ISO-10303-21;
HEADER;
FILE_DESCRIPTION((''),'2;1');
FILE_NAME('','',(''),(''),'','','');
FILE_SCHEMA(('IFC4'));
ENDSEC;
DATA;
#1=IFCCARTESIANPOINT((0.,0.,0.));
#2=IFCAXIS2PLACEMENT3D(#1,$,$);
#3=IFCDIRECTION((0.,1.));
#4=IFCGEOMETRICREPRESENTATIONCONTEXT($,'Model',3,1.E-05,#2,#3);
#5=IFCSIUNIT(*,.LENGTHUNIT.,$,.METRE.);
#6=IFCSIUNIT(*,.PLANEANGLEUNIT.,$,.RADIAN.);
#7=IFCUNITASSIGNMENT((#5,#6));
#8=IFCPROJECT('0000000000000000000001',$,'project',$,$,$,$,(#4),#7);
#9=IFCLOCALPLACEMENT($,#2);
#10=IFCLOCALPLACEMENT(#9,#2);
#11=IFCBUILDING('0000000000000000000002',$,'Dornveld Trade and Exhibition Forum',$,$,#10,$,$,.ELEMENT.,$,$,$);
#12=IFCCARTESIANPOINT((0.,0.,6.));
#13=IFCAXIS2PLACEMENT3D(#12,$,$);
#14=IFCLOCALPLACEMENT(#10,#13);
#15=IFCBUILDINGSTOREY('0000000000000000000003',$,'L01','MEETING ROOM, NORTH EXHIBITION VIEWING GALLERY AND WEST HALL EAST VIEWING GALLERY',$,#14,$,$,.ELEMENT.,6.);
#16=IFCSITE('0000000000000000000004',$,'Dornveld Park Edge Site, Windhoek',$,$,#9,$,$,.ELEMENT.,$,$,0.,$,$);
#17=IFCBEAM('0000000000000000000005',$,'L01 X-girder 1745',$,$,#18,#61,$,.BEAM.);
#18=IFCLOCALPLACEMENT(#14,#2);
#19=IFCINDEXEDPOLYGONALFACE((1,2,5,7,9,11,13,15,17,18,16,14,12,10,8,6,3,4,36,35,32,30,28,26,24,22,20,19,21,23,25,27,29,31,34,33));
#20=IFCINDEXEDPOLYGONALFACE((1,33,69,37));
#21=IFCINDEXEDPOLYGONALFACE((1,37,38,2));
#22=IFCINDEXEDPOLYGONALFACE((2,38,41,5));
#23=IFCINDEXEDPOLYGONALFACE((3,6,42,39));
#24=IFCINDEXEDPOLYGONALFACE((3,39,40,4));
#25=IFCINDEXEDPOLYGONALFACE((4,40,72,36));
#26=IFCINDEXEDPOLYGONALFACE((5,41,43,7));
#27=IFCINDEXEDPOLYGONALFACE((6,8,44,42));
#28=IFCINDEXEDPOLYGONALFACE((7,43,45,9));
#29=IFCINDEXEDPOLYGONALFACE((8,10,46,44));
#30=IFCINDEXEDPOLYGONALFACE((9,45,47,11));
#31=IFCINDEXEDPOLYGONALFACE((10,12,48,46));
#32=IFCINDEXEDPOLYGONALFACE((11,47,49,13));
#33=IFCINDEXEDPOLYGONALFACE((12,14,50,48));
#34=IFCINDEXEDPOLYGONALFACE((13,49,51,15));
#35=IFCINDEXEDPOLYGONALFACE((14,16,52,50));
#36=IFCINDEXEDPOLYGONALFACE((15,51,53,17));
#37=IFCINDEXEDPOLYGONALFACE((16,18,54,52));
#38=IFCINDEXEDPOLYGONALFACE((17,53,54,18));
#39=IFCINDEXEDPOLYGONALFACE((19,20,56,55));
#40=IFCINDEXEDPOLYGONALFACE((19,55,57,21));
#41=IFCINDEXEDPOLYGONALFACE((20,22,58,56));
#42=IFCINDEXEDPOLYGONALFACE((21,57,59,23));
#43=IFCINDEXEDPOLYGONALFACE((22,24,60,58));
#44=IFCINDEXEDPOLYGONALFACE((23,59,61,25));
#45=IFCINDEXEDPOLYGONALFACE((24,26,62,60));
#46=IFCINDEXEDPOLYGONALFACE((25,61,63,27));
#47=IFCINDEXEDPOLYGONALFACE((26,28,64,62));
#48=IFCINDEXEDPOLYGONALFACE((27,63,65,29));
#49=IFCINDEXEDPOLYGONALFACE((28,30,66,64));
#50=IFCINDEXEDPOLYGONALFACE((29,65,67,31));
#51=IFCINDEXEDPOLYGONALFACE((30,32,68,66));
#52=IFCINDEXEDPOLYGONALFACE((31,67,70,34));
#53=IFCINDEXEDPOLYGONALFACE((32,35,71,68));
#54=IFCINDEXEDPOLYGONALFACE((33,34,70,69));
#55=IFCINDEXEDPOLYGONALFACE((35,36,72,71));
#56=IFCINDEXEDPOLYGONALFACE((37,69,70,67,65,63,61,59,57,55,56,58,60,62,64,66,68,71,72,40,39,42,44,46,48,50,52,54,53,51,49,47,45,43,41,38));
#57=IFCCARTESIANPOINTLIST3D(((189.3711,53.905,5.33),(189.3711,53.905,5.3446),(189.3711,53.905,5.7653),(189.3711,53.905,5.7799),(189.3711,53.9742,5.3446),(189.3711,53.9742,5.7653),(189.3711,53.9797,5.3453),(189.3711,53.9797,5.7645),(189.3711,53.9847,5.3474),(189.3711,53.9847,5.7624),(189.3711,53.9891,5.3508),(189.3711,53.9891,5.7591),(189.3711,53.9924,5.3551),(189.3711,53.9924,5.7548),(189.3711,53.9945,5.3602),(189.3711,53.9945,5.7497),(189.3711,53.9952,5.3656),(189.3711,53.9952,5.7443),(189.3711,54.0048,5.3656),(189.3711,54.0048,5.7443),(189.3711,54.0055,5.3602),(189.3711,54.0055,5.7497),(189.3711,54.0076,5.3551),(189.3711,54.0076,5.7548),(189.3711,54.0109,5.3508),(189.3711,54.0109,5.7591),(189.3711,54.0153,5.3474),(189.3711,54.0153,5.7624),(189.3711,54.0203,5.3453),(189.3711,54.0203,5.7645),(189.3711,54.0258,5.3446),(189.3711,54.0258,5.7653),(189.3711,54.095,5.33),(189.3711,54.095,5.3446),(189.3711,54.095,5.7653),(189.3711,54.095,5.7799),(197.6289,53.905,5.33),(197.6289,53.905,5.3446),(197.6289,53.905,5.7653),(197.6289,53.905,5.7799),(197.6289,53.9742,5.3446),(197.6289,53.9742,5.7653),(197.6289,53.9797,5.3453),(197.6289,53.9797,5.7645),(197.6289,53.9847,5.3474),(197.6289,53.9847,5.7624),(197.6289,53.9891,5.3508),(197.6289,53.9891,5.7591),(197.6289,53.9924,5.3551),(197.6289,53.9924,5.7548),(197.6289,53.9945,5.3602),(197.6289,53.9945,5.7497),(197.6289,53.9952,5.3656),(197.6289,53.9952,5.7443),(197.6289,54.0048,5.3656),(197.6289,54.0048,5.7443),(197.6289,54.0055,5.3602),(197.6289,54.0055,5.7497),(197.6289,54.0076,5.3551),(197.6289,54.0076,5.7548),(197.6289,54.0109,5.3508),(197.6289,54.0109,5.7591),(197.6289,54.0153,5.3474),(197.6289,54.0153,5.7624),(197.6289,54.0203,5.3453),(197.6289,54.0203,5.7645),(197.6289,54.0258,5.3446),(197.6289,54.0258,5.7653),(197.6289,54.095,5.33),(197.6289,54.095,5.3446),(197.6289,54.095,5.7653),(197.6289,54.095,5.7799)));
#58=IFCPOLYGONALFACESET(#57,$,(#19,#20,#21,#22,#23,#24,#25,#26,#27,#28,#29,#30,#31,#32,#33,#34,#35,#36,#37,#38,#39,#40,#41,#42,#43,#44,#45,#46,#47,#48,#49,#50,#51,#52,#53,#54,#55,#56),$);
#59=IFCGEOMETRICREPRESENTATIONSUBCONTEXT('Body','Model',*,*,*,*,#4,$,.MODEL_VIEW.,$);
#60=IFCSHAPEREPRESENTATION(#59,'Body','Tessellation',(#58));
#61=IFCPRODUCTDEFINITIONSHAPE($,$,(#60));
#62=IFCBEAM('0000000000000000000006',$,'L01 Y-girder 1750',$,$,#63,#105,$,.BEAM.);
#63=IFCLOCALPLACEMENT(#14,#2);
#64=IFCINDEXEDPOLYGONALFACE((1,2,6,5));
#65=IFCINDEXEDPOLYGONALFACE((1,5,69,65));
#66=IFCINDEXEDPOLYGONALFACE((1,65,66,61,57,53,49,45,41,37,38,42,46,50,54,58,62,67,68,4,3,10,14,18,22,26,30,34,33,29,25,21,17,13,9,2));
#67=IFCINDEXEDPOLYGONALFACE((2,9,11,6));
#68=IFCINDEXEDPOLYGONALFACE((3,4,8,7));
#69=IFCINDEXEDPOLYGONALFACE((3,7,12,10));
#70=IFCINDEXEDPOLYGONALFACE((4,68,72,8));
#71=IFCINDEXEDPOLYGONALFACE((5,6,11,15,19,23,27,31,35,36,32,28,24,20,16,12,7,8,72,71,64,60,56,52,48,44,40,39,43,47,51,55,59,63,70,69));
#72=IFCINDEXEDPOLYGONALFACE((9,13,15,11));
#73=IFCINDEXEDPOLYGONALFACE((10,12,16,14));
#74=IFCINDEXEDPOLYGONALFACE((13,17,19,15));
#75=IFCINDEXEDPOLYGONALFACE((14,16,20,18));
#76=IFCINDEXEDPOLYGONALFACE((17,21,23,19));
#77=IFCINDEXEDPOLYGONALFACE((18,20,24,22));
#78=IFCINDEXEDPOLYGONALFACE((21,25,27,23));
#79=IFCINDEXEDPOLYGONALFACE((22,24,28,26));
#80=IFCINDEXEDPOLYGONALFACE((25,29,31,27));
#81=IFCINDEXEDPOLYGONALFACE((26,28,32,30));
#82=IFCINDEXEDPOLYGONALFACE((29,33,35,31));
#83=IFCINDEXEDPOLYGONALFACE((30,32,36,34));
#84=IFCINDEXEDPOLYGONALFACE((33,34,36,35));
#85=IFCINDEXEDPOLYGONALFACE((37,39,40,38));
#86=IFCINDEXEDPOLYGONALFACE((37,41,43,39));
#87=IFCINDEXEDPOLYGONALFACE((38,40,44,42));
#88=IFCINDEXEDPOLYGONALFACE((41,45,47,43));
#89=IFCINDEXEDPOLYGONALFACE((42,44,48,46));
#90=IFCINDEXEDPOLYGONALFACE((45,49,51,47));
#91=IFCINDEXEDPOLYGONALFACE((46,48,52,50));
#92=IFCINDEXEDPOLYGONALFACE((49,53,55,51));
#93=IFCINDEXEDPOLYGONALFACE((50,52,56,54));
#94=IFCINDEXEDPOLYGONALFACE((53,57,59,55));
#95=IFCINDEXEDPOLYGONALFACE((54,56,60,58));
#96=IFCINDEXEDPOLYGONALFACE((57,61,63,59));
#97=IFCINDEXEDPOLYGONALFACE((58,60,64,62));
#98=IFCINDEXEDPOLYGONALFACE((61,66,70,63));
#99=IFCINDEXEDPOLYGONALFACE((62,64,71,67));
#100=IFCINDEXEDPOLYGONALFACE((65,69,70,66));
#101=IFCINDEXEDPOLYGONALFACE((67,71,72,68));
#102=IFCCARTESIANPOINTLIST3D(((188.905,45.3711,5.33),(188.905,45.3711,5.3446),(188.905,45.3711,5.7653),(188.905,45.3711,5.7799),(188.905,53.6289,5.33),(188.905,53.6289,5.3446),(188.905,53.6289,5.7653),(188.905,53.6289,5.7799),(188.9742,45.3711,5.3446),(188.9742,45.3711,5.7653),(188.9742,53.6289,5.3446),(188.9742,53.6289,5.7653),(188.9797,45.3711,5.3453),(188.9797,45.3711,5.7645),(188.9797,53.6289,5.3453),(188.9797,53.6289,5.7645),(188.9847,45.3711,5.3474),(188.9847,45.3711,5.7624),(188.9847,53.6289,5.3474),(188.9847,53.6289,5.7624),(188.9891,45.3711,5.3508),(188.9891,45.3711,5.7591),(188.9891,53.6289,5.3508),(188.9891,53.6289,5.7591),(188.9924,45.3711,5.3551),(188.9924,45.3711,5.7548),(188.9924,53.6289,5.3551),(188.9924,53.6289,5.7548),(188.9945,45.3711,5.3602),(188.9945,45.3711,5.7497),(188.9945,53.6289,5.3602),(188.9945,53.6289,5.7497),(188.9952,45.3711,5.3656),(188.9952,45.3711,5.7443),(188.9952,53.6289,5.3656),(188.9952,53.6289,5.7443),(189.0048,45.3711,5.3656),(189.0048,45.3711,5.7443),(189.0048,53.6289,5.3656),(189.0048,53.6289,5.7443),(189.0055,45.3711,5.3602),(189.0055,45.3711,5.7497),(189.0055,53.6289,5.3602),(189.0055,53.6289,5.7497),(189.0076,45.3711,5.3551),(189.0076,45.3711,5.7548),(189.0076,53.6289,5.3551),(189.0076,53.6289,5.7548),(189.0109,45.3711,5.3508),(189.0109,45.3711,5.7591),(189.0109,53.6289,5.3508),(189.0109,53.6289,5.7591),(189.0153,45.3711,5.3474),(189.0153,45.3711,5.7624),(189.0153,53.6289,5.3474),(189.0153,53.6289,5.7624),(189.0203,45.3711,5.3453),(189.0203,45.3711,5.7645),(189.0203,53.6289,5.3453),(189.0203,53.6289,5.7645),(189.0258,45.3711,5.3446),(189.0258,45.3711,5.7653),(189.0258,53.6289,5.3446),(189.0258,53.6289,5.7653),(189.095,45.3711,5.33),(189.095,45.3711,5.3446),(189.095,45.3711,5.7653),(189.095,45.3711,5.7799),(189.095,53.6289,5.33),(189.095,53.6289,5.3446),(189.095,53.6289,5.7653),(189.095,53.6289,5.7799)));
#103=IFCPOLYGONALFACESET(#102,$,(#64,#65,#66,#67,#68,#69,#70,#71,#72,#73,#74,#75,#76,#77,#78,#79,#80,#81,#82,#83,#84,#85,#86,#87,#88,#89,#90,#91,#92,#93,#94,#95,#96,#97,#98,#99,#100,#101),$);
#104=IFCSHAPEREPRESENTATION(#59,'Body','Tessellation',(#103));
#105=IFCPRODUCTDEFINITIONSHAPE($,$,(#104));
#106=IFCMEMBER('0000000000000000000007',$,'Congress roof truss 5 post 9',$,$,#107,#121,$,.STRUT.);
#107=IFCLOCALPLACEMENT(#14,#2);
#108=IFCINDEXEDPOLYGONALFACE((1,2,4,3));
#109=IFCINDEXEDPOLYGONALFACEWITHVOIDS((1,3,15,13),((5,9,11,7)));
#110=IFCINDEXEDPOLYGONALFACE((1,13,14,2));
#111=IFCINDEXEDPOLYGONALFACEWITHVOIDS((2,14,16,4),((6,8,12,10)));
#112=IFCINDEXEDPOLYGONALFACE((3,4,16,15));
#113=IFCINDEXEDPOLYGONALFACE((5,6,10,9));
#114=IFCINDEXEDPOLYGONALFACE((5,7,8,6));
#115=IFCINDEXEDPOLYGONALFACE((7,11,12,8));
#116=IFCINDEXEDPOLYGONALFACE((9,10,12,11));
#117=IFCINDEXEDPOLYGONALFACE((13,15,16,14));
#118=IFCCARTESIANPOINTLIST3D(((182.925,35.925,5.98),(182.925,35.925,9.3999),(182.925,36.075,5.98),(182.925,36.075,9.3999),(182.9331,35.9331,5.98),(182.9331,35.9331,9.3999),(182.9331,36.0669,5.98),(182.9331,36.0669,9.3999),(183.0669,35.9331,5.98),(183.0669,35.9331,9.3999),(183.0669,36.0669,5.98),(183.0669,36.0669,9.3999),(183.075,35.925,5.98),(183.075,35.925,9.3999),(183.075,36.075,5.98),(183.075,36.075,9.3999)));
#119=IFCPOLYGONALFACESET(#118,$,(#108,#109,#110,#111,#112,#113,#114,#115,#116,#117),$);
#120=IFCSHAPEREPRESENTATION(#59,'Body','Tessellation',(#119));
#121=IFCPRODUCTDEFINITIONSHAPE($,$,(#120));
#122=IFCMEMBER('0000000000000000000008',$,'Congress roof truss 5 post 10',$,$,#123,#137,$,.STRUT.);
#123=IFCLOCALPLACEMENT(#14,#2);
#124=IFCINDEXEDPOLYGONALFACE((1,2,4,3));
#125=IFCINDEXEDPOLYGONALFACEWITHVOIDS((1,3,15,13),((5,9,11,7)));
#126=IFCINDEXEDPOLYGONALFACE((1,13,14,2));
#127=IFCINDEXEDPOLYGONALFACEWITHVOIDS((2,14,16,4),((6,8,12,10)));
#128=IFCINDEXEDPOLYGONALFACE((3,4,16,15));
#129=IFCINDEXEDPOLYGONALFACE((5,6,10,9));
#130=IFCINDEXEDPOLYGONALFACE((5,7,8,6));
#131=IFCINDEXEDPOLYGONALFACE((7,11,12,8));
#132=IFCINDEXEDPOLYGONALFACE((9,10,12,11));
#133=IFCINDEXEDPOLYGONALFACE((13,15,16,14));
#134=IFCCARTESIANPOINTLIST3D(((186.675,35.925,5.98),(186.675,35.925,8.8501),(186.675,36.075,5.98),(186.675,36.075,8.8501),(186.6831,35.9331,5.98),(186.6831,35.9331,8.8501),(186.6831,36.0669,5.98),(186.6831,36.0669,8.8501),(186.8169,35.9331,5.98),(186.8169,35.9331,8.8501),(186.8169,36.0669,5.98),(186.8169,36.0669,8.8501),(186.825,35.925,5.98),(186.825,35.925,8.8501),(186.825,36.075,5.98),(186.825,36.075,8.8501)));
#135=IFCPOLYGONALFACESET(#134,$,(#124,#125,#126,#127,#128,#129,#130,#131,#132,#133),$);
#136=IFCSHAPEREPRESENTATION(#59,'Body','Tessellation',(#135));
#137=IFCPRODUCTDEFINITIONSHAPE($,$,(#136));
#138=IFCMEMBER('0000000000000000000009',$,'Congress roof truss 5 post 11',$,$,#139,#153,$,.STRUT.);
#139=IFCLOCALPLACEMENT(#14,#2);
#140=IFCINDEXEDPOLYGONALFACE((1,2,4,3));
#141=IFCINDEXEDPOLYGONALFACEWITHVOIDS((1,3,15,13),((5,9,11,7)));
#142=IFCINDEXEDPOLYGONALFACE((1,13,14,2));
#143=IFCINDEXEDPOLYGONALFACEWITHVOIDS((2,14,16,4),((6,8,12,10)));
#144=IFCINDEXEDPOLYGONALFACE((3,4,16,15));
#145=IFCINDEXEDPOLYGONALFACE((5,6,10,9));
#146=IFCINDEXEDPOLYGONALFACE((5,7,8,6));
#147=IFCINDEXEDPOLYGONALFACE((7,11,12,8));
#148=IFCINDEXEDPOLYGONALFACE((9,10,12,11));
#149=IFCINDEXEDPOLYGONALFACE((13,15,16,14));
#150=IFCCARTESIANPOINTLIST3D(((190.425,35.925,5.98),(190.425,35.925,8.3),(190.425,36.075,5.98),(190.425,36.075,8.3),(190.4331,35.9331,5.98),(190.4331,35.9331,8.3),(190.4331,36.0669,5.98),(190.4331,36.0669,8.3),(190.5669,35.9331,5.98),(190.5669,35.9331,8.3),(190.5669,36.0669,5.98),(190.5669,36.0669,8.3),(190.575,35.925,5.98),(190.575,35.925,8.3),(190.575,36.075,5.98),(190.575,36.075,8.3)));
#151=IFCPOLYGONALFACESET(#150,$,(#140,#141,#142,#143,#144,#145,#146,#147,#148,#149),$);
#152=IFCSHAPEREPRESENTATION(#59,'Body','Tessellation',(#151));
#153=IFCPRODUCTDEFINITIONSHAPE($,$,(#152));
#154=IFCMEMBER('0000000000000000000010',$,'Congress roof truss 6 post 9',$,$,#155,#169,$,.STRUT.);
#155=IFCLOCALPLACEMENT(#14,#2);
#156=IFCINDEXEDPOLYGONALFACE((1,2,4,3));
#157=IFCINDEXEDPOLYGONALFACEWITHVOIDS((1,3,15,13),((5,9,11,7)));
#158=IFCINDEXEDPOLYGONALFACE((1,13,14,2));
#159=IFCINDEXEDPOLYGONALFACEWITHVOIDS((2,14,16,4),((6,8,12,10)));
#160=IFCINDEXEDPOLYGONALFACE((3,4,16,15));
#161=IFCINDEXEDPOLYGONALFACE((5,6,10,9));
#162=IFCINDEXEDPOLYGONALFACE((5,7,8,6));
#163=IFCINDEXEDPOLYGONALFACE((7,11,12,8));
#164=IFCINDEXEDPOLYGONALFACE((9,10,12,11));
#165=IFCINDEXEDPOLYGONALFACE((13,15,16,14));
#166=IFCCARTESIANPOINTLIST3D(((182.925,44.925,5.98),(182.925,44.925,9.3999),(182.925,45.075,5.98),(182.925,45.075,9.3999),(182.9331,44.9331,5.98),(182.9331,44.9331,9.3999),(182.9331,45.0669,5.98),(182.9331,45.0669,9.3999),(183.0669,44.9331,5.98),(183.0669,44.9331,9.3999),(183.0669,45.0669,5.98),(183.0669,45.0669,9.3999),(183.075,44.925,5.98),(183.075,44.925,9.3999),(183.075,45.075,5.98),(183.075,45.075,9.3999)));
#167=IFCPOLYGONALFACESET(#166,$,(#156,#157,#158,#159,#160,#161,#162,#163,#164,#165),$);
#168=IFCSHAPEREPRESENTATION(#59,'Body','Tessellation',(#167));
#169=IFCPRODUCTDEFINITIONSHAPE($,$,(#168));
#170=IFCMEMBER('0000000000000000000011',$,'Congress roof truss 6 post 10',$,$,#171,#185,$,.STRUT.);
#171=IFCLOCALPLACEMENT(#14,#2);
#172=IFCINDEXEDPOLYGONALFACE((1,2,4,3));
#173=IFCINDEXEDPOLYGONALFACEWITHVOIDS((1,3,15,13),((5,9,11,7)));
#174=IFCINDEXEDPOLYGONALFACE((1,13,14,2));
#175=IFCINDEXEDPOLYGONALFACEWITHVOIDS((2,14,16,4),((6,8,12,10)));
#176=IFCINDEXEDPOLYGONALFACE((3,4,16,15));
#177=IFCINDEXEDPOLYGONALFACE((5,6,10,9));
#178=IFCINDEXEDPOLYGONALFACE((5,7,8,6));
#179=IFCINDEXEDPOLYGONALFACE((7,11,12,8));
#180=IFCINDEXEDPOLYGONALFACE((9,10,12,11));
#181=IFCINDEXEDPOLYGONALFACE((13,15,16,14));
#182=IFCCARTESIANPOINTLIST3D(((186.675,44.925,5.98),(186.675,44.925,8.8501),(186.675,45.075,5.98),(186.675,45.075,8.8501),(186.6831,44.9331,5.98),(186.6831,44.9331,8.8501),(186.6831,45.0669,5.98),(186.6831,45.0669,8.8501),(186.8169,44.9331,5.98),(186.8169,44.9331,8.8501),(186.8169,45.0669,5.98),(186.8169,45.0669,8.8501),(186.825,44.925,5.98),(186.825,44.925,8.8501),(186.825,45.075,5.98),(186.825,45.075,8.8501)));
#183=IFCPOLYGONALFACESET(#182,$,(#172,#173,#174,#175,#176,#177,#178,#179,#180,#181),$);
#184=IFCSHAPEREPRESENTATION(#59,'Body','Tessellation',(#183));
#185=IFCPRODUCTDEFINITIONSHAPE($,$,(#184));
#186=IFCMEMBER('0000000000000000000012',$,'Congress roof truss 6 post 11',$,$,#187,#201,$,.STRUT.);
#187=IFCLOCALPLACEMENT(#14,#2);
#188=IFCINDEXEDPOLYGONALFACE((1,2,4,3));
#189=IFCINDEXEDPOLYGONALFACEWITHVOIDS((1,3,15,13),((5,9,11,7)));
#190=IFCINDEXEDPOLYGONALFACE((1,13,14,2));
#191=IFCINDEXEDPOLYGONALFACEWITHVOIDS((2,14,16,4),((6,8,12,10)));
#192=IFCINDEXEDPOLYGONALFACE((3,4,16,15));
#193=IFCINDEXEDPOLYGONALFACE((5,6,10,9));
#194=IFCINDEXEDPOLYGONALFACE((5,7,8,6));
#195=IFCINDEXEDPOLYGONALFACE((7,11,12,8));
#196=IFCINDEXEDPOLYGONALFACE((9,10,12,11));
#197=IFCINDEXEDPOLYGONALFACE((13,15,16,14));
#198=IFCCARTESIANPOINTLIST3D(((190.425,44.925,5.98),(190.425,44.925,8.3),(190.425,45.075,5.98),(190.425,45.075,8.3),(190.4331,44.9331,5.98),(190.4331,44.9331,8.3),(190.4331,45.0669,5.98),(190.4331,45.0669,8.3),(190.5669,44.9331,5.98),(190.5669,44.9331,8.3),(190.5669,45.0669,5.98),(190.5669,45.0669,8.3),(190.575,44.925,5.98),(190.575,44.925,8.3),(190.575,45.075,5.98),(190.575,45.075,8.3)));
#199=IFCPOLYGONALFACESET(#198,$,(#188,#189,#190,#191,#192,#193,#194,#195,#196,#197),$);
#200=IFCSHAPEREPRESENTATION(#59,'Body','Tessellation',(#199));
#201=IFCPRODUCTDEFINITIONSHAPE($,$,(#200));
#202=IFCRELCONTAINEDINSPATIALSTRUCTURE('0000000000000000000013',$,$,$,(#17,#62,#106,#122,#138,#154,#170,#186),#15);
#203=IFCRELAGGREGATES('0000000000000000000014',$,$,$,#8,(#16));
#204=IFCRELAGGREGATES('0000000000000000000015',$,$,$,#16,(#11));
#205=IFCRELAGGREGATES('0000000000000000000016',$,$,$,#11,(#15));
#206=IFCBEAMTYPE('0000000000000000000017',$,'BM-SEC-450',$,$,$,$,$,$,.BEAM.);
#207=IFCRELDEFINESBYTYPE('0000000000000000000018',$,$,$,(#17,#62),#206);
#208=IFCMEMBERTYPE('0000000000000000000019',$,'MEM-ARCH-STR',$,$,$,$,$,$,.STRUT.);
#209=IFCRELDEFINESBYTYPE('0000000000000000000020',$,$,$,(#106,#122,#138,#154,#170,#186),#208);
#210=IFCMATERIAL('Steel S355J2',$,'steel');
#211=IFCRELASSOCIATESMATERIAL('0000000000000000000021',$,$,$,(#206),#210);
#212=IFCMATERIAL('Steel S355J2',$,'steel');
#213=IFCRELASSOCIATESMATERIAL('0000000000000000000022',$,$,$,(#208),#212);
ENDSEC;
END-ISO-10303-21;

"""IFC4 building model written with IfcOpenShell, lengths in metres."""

from ifc_helpers import new_model, si_unit, direction, frame, origin, origin_2d, place, context, subcontext, project, spatial, hollow_rectangle, i_section, extrude, material, material_profile, profile_set, type_object, element, save


model = new_model("IFC4")

# Units and contexts
model_context = context("Model", 3, precision=1e-05, world=origin(), true_north=direction((0.0, 1.0)))
body_context = subcontext(model_context, "Body", "Model", "MODEL_VIEW")
ifc_project = project(units=[si_unit("LENGTHUNIT", "METRE"), si_unit("PLANEANGLEUNIT", "RADIAN")], contexts=[model_context])

# Site, building, storey
site_placement = place(None, origin())
site = spatial("IfcSite", under=ifc_project, at=site_placement, Name="Dornveld Park Edge Site, Windhoek", CompositionType="ELEMENT", RefElevation=0.0)
building_placement = place(site_placement, origin())
building = spatial("IfcBuilding", under=site, at=building_placement, Name="Dornveld Trade and Exhibition Forum", CompositionType="ELEMENT")
storey_placement = place(building_placement, frame((0.0, 0.0, 6.0)))
storey = spatial("IfcBuildingStorey", under=building, at=storey_placement, Name="L01", Description="MEETING ROOM, NORTH EXHIBITION VIEWING GALLERY AND WEST HALL EAST VIEWING GALLERY", CompositionType="ELEMENT", Elevation=6.0)

# Beams
ifc_material_1 = material(Name="Steel S355J2", Category="steel")
ifc_material_profile_1 = material_profile(ifc_material_1, i_section(OverallWidth=0.1899, OverallDepth=0.45, WebThickness=0.0095, FlangeThickness=0.0146, FilletRadius=0.021, at=origin_2d()), Name="IPE 450")
ifc_profile_set_1 = profile_set([ifc_material_profile_1], Name="Steel S355J2")
beam_type_1 = type_object("IfcBeamType", Name="BM-SEC-450", PredefinedType="BEAM", material=ifc_profile_set_1)
for number, where, z_axis, x_axis, name in (
    (1, (189.3711, 54.0, 5.5549), (1.0, 0.0, 0.0), (0.0, 1.0, 0.0), "L01 X-girder 1745"),
    (2, (189.0, 45.3711, 5.5549), (0.0, 1.0, 0.0), (-1.0, 0.0, 0.0), "L01 Y-girder 1750"),
):
    element("IfcBeam", number, at=place(storey_placement, frame(where, z_axis=z_axis, x_axis=x_axis)), inside=storey, type_object=beam_type_1, Name=name, PredefinedType="BEAM", context=body_context, shape_type="SweptSolid", body=[
        extrude(i_section(OverallWidth=0.1899, OverallDepth=0.45, WebThickness=0.0095, FlangeThickness=0.0146, FilletRadius=0.021, at=origin_2d()), origin(), (0.0, 0.0, 1.0), 8.2578),
    ])

# Members
ifc_material_2 = material(Name="Steel S355J2", Category="steel")
ifc_material_profile_2 = material_profile(ifc_material_2, hollow_rectangle(XDim=0.1499, YDim=0.1499, WallThickness=0.0081, at=origin_2d()), Name="SHS 150x150x8")
ifc_profile_set_2 = profile_set([ifc_material_profile_2], Name="Steel S355J2")
member_type_1 = type_object("IfcMemberType", Name="MEM-ARCH-STR", PredefinedType="STRUT", material=ifc_profile_set_2)
member_1_placement = place(storey_placement, frame((183.0, 36.0, 5.98), z_axis=(0.0, 0.0, 1.0), x_axis=(1.0, 0.0, 0.0)))
element("IfcMember", 3, at=member_1_placement, inside=storey, type_object=member_type_1, Name="Congress roof truss 5 post 9", PredefinedType="STRUT", context=body_context, shape_type="SweptSolid", body=[
    extrude(hollow_rectangle(XDim=0.1499, YDim=0.1499, WallThickness=0.0081, at=origin_2d()), origin(), (0.0, 0.0, 1.0), 3.4199),
])
member_2_placement = place(storey_placement, frame((186.75, 36.0, 5.98), z_axis=(0.0, 0.0, 1.0), x_axis=(1.0, 0.0, 0.0)))
element("IfcMember", 4, at=member_2_placement, inside=storey, type_object=member_type_1, Name="Congress roof truss 5 post 10", PredefinedType="STRUT", context=body_context, shape_type="SweptSolid", body=[
    extrude(hollow_rectangle(XDim=0.1499, YDim=0.1499, WallThickness=0.0081, at=origin_2d()), origin(), (0.0, 0.0, 1.0), 2.8701),
])
member_3_placement = place(storey_placement, frame((190.5, 36.0, 5.98), z_axis=(0.0, 0.0, 1.0), x_axis=(1.0, 0.0, 0.0)))
element("IfcMember", 5, at=member_3_placement, inside=storey, type_object=member_type_1, Name="Congress roof truss 5 post 11", PredefinedType="STRUT", context=body_context, shape_type="SweptSolid", body=[
    extrude(hollow_rectangle(XDim=0.1499, YDim=0.1499, WallThickness=0.0081, at=origin_2d()), origin(), (0.0, 0.0, 1.0), 2.3201),
])
member_4_placement = place(storey_placement, frame((183.0, 45.0, 5.98), z_axis=(0.0, 0.0, 1.0), x_axis=(1.0, 0.0, 0.0)))
element("IfcMember", 6, at=member_4_placement, inside=storey, type_object=member_type_1, Name="Congress roof truss 6 post 9", PredefinedType="STRUT", context=body_context, shape_type="SweptSolid", body=[
    extrude(hollow_rectangle(XDim=0.1499, YDim=0.1499, WallThickness=0.0081, at=origin_2d()), origin(), (0.0, 0.0, 1.0), 3.4199),
])
member_5_placement = place(storey_placement, frame((186.75, 45.0, 5.98), z_axis=(0.0, 0.0, 1.0), x_axis=(1.0, 0.0, 0.0)))
element("IfcMember", 7, at=member_5_placement, inside=storey, type_object=member_type_1, Name="Congress roof truss 6 post 10", PredefinedType="STRUT", context=body_context, shape_type="SweptSolid", body=[
    extrude(hollow_rectangle(XDim=0.1499, YDim=0.1499, WallThickness=0.0081, at=origin_2d()), origin(), (0.0, 0.0, 1.0), 2.8701),
])
member_6_placement = place(storey_placement, frame((190.5, 45.0, 5.98), z_axis=(0.0, 0.0, 1.0), x_axis=(1.0, 0.0, 0.0)))
element("IfcMember", 8, at=member_6_placement, inside=storey, type_object=member_type_1, Name="Congress roof truss 6 post 11", PredefinedType="STRUT", context=body_context, shape_type="SweptSolid", body=[
    extrude(hollow_rectangle(XDim=0.1499, YDim=0.1499, WallThickness=0.0081, at=origin_2d()), origin(), (0.0, 0.0, 1.0), 2.3201),
])

save(model, "model.ifc")
